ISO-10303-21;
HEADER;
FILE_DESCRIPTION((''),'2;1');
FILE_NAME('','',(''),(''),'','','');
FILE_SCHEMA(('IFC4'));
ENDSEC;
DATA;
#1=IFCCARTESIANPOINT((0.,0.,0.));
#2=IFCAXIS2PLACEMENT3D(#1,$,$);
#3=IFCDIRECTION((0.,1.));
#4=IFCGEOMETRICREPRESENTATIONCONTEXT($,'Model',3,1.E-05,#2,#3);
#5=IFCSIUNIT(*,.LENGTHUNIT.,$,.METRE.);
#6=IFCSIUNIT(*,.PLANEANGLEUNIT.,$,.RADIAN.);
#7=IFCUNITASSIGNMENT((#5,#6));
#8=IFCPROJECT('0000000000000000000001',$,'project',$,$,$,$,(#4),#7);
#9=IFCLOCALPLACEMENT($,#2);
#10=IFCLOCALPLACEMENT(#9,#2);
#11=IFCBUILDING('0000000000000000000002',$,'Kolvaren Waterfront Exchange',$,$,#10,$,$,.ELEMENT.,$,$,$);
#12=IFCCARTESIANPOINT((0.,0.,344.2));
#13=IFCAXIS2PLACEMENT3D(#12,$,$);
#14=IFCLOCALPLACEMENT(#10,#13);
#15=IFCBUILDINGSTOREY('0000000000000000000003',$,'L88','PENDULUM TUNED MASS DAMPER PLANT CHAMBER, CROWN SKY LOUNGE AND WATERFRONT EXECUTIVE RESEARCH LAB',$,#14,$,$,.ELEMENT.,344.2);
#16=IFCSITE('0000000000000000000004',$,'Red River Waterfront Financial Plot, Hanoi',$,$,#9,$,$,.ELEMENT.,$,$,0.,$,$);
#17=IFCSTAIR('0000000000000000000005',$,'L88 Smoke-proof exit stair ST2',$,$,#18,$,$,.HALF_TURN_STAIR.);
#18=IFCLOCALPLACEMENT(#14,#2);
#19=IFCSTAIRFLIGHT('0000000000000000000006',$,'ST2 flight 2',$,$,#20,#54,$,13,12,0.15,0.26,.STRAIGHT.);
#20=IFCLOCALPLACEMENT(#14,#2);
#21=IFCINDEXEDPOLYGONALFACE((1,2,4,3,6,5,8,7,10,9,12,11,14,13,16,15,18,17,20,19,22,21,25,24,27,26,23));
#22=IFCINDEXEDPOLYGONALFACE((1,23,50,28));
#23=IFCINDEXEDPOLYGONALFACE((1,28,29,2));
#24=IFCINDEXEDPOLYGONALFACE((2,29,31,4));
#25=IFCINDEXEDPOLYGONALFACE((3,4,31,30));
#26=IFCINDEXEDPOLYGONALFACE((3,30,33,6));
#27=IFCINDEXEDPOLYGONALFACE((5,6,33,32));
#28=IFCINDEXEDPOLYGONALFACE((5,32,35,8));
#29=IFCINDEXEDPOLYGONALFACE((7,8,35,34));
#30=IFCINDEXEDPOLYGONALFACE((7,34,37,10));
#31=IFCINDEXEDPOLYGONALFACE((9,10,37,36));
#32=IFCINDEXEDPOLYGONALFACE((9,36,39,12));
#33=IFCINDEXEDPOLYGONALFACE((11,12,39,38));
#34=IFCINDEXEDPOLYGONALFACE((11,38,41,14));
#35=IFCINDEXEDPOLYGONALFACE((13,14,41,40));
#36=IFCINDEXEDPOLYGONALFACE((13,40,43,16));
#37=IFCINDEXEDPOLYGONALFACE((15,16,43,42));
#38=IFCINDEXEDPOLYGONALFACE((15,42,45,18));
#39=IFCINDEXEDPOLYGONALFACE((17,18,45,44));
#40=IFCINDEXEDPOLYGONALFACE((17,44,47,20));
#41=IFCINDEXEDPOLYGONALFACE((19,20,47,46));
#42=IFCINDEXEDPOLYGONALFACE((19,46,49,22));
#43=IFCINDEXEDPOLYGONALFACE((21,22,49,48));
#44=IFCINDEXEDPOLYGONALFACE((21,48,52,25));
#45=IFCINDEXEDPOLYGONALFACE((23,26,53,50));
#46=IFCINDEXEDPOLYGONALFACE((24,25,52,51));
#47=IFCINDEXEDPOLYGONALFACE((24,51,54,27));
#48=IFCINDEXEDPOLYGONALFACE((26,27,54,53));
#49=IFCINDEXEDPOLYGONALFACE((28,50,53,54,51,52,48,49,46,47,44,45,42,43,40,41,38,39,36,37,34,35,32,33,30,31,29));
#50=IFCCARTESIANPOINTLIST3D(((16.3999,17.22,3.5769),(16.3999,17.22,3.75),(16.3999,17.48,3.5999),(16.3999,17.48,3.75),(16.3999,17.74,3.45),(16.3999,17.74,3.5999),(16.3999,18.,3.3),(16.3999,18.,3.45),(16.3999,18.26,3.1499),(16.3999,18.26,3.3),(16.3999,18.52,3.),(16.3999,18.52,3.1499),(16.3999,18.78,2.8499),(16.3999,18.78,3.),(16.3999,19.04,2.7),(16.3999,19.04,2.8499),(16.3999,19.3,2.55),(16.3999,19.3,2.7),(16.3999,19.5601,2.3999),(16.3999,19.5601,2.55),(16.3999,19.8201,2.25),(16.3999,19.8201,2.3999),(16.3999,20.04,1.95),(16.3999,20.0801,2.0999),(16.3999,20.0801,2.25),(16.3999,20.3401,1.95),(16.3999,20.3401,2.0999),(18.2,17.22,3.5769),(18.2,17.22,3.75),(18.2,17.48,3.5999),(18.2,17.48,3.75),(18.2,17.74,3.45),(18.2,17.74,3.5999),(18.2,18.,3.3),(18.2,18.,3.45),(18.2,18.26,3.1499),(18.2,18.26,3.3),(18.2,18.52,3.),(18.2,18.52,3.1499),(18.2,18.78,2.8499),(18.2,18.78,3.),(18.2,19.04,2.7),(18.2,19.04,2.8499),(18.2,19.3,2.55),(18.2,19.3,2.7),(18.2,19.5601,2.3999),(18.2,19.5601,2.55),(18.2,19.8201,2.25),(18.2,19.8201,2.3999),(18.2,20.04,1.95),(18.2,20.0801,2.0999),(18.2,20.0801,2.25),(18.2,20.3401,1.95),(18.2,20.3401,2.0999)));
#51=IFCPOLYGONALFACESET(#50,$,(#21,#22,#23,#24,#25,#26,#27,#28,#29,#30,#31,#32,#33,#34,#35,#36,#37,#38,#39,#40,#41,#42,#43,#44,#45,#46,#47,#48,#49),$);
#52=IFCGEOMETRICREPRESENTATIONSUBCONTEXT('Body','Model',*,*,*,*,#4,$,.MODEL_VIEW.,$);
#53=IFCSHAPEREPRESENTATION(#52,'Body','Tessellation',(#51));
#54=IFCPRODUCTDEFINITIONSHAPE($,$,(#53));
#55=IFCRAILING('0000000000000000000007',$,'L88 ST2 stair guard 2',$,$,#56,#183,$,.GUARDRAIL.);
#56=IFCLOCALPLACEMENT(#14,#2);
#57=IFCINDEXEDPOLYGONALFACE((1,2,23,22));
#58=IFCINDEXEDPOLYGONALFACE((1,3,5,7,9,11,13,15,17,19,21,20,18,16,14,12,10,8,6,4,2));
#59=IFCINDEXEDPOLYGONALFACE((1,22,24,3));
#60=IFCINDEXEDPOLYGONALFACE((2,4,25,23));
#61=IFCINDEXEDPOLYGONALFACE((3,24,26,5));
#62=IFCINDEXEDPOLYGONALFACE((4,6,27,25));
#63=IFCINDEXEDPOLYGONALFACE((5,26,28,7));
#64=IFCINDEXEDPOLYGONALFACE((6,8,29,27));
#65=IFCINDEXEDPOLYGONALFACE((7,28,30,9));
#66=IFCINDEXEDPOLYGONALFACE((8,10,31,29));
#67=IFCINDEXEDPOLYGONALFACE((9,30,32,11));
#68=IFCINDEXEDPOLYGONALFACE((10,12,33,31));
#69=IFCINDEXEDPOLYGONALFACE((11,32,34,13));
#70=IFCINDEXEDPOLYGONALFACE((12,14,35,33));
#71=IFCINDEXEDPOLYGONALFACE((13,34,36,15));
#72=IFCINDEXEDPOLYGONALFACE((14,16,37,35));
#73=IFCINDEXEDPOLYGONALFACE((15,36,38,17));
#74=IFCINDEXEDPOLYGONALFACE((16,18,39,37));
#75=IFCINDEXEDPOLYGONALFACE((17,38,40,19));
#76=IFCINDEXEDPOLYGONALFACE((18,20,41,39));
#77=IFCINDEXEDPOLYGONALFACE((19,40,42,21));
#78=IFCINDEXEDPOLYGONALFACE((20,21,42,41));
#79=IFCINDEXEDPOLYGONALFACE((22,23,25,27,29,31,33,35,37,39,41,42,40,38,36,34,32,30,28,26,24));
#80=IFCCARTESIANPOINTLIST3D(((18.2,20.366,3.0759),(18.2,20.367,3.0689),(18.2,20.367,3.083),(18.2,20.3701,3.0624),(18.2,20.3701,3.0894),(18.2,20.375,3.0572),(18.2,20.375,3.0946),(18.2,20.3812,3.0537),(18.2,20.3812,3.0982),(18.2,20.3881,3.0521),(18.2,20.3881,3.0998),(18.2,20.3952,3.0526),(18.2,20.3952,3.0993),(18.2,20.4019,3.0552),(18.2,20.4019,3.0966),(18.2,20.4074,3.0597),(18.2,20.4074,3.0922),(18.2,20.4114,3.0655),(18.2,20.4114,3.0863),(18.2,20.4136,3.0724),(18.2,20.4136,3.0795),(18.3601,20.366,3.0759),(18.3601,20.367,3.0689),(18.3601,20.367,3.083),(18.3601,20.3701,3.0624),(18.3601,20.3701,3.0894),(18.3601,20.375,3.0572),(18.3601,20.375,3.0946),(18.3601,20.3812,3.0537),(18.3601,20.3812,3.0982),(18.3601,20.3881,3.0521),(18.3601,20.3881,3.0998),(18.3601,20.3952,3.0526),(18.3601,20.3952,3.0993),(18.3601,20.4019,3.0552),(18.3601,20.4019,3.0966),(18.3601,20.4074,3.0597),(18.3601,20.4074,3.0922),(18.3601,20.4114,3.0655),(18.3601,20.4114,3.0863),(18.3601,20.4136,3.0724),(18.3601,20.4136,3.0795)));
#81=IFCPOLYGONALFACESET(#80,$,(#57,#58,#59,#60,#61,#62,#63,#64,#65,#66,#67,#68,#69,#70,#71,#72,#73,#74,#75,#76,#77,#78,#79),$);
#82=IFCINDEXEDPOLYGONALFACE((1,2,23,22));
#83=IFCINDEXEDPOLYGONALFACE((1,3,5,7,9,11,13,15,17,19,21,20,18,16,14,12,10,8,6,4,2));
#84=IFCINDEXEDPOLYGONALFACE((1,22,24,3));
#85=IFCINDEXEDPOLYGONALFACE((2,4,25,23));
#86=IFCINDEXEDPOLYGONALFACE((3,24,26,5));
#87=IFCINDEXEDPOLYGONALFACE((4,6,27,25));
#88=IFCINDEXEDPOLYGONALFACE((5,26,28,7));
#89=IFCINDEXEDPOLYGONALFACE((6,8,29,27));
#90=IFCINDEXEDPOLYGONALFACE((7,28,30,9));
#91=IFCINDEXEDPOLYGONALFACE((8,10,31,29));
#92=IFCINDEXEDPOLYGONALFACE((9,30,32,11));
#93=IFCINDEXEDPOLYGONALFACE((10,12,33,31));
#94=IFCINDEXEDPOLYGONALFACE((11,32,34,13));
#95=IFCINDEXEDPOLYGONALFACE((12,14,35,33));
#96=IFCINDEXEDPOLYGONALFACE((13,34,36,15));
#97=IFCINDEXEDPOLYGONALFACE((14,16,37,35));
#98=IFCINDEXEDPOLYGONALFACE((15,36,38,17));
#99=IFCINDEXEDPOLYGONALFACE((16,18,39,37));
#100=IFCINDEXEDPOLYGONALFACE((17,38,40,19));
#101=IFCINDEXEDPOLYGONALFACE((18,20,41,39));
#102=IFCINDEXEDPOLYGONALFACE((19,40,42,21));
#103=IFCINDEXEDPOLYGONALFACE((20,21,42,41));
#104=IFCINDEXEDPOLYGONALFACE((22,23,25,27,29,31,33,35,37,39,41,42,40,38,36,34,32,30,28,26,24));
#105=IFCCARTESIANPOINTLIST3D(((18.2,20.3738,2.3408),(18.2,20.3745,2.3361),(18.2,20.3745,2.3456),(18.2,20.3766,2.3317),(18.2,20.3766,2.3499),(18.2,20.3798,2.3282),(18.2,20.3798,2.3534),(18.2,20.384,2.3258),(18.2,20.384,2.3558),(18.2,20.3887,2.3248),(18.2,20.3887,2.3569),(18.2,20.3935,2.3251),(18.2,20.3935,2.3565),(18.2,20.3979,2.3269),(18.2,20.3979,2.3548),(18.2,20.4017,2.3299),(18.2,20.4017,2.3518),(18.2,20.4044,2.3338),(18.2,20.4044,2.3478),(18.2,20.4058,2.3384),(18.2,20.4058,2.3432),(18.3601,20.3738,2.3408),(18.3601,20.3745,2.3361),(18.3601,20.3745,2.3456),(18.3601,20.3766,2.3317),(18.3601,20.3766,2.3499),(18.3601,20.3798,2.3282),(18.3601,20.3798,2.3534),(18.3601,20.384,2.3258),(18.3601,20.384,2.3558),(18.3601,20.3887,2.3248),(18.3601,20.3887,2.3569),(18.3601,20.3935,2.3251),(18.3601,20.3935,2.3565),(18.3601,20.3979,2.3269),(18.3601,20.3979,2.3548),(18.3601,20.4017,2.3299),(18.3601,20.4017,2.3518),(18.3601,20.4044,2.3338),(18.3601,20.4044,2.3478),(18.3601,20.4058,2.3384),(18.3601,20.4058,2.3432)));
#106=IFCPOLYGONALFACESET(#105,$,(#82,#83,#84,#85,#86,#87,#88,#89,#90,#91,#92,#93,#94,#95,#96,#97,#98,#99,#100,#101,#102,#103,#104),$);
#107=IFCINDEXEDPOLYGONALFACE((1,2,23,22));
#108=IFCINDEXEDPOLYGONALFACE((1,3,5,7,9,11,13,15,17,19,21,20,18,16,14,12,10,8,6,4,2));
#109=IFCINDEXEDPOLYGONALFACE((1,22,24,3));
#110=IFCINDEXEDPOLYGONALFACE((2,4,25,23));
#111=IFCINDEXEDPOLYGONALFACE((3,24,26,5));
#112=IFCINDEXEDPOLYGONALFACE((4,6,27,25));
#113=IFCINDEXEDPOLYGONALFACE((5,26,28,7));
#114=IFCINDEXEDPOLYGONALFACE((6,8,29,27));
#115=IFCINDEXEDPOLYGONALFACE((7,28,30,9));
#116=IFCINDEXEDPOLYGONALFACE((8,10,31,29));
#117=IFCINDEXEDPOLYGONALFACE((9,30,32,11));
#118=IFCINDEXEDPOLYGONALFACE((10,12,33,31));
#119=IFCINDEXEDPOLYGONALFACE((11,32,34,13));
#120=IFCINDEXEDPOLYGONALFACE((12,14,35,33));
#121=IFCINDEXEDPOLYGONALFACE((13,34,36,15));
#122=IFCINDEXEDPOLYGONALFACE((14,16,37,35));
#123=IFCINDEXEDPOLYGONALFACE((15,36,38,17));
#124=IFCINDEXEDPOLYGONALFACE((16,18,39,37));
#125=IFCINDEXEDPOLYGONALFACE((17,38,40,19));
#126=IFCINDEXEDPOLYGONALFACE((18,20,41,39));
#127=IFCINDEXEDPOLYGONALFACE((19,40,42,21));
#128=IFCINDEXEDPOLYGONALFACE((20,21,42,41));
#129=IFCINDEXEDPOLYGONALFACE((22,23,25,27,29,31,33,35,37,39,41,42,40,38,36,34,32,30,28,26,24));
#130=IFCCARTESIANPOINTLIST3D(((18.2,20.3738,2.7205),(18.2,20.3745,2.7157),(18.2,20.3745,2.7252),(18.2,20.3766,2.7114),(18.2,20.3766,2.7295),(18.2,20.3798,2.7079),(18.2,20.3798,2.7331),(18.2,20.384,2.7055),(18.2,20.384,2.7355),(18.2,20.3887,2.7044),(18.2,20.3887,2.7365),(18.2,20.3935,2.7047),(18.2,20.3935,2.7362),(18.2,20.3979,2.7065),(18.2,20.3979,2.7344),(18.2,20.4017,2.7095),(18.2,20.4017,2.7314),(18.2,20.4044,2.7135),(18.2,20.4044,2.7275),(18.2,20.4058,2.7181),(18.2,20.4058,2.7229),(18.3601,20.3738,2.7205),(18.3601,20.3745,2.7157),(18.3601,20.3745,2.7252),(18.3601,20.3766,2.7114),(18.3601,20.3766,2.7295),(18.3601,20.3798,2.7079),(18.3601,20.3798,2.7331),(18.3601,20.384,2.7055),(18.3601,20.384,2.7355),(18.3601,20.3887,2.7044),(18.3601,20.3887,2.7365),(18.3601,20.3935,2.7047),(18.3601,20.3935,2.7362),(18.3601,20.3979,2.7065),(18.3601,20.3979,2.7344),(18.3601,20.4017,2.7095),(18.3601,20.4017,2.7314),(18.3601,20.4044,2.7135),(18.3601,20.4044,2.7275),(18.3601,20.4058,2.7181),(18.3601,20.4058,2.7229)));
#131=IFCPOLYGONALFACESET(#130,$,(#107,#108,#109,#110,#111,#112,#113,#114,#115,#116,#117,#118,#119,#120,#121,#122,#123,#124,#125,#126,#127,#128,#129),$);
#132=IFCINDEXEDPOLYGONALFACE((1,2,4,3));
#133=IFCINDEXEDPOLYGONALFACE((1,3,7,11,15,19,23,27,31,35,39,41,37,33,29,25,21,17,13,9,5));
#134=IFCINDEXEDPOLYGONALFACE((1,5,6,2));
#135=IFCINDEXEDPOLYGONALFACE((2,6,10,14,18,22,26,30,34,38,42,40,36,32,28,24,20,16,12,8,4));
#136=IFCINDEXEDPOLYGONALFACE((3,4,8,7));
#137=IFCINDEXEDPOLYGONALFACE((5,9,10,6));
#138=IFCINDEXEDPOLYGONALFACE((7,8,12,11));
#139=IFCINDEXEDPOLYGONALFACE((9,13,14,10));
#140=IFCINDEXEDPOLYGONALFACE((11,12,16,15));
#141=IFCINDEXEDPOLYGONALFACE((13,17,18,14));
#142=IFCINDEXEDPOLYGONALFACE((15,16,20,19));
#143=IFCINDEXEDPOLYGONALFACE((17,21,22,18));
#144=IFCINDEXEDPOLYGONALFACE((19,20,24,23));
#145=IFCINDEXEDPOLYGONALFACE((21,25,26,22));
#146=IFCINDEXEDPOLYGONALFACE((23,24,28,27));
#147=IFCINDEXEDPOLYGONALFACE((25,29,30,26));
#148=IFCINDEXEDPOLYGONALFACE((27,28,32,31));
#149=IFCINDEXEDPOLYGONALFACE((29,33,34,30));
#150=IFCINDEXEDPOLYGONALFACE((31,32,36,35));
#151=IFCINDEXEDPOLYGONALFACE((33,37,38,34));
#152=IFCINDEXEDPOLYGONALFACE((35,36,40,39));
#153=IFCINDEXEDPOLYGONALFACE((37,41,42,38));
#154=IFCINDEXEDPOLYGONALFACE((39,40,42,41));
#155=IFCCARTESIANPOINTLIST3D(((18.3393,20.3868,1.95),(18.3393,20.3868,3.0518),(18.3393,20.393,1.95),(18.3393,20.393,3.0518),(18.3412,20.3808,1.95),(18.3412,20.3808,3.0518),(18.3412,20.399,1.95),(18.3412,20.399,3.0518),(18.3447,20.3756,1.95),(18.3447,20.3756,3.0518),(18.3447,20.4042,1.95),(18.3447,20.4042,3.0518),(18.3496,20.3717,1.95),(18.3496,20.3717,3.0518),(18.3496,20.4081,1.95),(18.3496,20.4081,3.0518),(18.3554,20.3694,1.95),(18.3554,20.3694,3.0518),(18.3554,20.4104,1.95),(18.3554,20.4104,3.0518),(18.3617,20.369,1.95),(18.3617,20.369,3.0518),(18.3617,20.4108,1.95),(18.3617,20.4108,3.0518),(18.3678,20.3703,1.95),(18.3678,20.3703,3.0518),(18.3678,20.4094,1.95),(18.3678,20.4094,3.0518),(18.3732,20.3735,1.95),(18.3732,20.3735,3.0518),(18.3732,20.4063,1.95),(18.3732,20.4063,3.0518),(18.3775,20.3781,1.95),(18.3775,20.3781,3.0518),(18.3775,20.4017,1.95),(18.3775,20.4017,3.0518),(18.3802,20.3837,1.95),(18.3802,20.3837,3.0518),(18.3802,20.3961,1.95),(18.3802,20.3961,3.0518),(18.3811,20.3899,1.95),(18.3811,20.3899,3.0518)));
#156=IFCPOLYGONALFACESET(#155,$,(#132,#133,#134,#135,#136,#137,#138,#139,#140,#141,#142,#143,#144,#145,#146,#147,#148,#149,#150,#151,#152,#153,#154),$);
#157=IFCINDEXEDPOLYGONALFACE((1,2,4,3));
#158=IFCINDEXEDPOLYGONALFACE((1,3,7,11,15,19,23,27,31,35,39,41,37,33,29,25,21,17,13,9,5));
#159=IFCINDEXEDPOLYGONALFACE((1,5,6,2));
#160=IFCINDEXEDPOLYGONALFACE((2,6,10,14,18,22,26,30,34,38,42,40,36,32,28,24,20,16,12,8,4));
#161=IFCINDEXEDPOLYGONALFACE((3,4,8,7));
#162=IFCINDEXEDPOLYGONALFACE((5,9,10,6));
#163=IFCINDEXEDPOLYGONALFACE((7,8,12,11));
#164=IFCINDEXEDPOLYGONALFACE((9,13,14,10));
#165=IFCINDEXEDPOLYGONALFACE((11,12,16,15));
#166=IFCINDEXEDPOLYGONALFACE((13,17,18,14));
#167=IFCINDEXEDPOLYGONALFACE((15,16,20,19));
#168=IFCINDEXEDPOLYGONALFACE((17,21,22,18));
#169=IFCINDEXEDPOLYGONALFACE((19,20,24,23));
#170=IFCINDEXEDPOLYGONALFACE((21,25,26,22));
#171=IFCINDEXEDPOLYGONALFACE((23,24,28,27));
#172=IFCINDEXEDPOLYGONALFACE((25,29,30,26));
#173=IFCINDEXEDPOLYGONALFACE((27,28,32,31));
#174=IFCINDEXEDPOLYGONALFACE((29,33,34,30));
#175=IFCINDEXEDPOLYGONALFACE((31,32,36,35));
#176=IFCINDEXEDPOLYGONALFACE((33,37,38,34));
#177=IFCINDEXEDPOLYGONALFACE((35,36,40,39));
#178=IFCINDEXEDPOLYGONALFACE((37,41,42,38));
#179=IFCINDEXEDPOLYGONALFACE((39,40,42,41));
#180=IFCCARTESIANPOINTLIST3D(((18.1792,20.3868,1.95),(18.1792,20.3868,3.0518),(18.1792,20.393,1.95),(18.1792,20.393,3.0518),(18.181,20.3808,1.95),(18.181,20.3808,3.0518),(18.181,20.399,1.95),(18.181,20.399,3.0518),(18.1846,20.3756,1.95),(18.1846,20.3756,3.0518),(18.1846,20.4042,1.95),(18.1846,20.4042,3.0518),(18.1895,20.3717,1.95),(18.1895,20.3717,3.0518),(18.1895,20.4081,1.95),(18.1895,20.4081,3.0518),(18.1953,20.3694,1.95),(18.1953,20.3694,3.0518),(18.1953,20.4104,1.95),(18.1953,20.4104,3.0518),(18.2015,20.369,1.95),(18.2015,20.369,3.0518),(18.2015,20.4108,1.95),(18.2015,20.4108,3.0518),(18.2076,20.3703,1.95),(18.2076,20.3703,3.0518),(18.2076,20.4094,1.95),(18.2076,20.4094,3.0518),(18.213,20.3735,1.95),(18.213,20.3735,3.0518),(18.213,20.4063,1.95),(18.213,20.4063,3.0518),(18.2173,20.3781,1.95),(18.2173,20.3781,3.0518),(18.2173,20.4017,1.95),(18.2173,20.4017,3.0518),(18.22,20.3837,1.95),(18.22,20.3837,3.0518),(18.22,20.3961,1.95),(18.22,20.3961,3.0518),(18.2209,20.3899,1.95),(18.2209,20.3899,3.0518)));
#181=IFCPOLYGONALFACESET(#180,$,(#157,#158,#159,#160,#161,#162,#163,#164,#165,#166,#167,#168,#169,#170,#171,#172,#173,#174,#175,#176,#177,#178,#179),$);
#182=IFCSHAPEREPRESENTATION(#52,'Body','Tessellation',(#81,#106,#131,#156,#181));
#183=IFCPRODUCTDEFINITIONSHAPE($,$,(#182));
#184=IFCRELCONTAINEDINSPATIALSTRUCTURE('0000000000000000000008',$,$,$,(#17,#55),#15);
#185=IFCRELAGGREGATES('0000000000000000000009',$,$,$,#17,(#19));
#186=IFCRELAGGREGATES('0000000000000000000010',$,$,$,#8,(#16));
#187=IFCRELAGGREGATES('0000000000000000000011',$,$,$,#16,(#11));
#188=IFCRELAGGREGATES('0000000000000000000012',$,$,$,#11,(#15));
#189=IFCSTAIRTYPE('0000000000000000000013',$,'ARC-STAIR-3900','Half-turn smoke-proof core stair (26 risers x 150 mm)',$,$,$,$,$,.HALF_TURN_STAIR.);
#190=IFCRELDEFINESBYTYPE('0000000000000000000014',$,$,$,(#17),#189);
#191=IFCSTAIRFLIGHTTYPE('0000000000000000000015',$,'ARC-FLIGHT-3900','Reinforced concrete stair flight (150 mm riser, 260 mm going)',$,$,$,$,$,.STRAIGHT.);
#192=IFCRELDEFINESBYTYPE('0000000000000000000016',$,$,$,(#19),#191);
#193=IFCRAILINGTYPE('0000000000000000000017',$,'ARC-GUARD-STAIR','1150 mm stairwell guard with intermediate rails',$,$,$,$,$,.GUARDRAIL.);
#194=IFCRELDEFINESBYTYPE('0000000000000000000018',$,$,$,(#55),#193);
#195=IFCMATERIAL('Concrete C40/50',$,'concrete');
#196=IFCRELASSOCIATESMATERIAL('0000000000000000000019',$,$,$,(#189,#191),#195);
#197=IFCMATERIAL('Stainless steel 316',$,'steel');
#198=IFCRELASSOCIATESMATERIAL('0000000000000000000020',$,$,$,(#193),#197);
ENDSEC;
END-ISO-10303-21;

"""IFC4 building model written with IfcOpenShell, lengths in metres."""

from ifc_helpers import new_model, si_unit, direction, frame, origin, origin_2d, place, context, subcontext, project, spatial, polyline, circle, outline, extrude, material, type_object, element, aggregate, save


model = new_model("IFC4")

# Units and contexts
model_context = context("Model", 3, precision=1e-05, world=origin(), true_north=direction((0.0, 1.0)))
body_context = subcontext(model_context, "Body", "Model", "MODEL_VIEW")
ifc_project = project(units=[si_unit("LENGTHUNIT", "METRE"), si_unit("PLANEANGLEUNIT", "RADIAN")], contexts=[model_context])

# Site, building, storey
site_placement = place(None, origin())
site = spatial("IfcSite", under=ifc_project, at=site_placement, Name="Red River Waterfront Financial Plot, Hanoi", CompositionType="ELEMENT", RefElevation=0.0)
building_placement = place(site_placement, origin())
building = spatial("IfcBuilding", under=site, at=building_placement, Name="Kolvaren Waterfront Exchange", CompositionType="ELEMENT")
storey_placement = place(building_placement, frame((0.0, 0.0, 344.2)))
storey = spatial("IfcBuildingStorey", under=building, at=storey_placement, Name="L88", Description="PENDULUM TUNED MASS DAMPER PLANT CHAMBER, CROWN SKY LOUNGE AND WATERFRONT EXECUTIVE RESEARCH LAB", CompositionType="ELEMENT", Elevation=344.2)

# Stair, stair flight
ifc_material_1 = material(Name="Concrete C40/50", Category="concrete")
stair_type = type_object("IfcStairType", Name="ARC-STAIR-3900", Description="Half-turn smoke-proof core stair (26 risers x 150 mm)", PredefinedType="HALF_TURN_STAIR", material=ifc_material_1)
stair_placement = place(storey_placement, origin())
stair = element("IfcStair", 1, at=stair_placement, inside=storey, type_object=stair_type, Name="L88 Smoke-proof exit stair ST2", PredefinedType="HALF_TURN_STAIR")
stair_flight_type = type_object("IfcStairFlightType", Name="ARC-FLIGHT-3900", Description="Reinforced concrete stair flight (150 mm riser, 260 mm going)", PredefinedType="STRAIGHT", material=ifc_material_1)
stair_flight_placement = place(storey_placement, frame((17.3, 20.3401, 1.95), z_axis=(0.0, 0.0, 1.0), x_axis=(0.0, -1.0, 0.0)))
stair_flight = element("IfcStairFlight", 2, at=stair_flight_placement, type_object=stair_flight_type, Name="ST2 flight 2", NumberOfRisers=13, NumberOfTreads=12, PredefinedType="STRAIGHT", RiserHeight=0.15, TreadLength=0.26, context=body_context, shape_type="SweptSolid", body=[
    extrude(outline(polyline([(0.0, 0.0), (0.0, 0.1499), (0.26, 0.1499), (0.26, 0.3), (0.52, 0.3), (0.52, 0.45), (0.78, 0.45), (0.78, 0.6001), (1.04, 0.6001), (1.04, 0.75), (1.3, 0.75), (1.3, 0.8999), (1.5601, 0.8999), (1.5601, 1.05), (1.8201, 1.05), (1.8201, 1.2), (2.0801, 1.2), (2.0801, 1.3501), (2.3401, 1.3501), (2.3401, 1.5), (2.6001, 1.5), (2.6001, 1.6499), (2.8601, 1.6499), (2.8601, 1.8), (3.1201, 1.8), (3.1201, 1.95), (3.1201, 1.627), (0.3, 0.0), (0.0, 0.0)])), frame((0.0, 0.8999, 0.0), z_axis=(0.0, -1.0, 0.0), x_axis=(1.0, 0.0, 0.0)), (0.0, 0.0, 1.0), 1.8),
])
aggregate(stair, [stair_flight])

# Railing
ifc_material_2 = material(Name="Stainless steel 316", Category="steel")
railing_type_1 = type_object("IfcRailingType", Name="ARC-GUARD-STAIR", Description="1150 mm stairwell guard with intermediate rails", PredefinedType="GUARDRAIL", material=ifc_material_2)
railing_1_placement = place(storey_placement, frame((18.3601, 20.3899, 1.95)))
element("IfcRailing", 3, at=railing_1_placement, inside=storey, type_object=railing_type_1, Name="L88 ST2 stair guard 2", PredefinedType="GUARDRAIL", context=body_context, shape_type="SweptSolid", body=[
    extrude(circle(Radius=0.0239, at=origin_2d()), frame((0.0, 0.0, 1.126), z_axis=(-1.0, 0.0, 0.0), x_axis=(0.0, -1.0, 0.0)), (0.0, 0.0, 1.0), 0.1602),
    extrude(circle(Radius=0.0161, at=origin_2d()), frame((0.0, 0.0, 0.3909), z_axis=(-1.0, 0.0, 0.0), x_axis=(0.0, -1.0, 0.0)), (0.0, 0.0, 1.0), 0.1602),
    extrude(circle(Radius=0.0161, at=origin_2d()), frame((0.0, 0.0, 0.7705), z_axis=(-1.0, 0.0, 0.0), x_axis=(0.0, -1.0, 0.0)), (0.0, 0.0, 1.0), 0.1602),
    extrude(circle(Radius=0.021, at=origin_2d()), origin(), (0.0, 0.0, 1.0), 1.1018),
    extrude(circle(Radius=0.021, at=origin_2d()), frame((-0.1602, 0.0, 0.0)), (0.0, 0.0, 1.0), 1.1018),
])

save(model, "model.ifc")
